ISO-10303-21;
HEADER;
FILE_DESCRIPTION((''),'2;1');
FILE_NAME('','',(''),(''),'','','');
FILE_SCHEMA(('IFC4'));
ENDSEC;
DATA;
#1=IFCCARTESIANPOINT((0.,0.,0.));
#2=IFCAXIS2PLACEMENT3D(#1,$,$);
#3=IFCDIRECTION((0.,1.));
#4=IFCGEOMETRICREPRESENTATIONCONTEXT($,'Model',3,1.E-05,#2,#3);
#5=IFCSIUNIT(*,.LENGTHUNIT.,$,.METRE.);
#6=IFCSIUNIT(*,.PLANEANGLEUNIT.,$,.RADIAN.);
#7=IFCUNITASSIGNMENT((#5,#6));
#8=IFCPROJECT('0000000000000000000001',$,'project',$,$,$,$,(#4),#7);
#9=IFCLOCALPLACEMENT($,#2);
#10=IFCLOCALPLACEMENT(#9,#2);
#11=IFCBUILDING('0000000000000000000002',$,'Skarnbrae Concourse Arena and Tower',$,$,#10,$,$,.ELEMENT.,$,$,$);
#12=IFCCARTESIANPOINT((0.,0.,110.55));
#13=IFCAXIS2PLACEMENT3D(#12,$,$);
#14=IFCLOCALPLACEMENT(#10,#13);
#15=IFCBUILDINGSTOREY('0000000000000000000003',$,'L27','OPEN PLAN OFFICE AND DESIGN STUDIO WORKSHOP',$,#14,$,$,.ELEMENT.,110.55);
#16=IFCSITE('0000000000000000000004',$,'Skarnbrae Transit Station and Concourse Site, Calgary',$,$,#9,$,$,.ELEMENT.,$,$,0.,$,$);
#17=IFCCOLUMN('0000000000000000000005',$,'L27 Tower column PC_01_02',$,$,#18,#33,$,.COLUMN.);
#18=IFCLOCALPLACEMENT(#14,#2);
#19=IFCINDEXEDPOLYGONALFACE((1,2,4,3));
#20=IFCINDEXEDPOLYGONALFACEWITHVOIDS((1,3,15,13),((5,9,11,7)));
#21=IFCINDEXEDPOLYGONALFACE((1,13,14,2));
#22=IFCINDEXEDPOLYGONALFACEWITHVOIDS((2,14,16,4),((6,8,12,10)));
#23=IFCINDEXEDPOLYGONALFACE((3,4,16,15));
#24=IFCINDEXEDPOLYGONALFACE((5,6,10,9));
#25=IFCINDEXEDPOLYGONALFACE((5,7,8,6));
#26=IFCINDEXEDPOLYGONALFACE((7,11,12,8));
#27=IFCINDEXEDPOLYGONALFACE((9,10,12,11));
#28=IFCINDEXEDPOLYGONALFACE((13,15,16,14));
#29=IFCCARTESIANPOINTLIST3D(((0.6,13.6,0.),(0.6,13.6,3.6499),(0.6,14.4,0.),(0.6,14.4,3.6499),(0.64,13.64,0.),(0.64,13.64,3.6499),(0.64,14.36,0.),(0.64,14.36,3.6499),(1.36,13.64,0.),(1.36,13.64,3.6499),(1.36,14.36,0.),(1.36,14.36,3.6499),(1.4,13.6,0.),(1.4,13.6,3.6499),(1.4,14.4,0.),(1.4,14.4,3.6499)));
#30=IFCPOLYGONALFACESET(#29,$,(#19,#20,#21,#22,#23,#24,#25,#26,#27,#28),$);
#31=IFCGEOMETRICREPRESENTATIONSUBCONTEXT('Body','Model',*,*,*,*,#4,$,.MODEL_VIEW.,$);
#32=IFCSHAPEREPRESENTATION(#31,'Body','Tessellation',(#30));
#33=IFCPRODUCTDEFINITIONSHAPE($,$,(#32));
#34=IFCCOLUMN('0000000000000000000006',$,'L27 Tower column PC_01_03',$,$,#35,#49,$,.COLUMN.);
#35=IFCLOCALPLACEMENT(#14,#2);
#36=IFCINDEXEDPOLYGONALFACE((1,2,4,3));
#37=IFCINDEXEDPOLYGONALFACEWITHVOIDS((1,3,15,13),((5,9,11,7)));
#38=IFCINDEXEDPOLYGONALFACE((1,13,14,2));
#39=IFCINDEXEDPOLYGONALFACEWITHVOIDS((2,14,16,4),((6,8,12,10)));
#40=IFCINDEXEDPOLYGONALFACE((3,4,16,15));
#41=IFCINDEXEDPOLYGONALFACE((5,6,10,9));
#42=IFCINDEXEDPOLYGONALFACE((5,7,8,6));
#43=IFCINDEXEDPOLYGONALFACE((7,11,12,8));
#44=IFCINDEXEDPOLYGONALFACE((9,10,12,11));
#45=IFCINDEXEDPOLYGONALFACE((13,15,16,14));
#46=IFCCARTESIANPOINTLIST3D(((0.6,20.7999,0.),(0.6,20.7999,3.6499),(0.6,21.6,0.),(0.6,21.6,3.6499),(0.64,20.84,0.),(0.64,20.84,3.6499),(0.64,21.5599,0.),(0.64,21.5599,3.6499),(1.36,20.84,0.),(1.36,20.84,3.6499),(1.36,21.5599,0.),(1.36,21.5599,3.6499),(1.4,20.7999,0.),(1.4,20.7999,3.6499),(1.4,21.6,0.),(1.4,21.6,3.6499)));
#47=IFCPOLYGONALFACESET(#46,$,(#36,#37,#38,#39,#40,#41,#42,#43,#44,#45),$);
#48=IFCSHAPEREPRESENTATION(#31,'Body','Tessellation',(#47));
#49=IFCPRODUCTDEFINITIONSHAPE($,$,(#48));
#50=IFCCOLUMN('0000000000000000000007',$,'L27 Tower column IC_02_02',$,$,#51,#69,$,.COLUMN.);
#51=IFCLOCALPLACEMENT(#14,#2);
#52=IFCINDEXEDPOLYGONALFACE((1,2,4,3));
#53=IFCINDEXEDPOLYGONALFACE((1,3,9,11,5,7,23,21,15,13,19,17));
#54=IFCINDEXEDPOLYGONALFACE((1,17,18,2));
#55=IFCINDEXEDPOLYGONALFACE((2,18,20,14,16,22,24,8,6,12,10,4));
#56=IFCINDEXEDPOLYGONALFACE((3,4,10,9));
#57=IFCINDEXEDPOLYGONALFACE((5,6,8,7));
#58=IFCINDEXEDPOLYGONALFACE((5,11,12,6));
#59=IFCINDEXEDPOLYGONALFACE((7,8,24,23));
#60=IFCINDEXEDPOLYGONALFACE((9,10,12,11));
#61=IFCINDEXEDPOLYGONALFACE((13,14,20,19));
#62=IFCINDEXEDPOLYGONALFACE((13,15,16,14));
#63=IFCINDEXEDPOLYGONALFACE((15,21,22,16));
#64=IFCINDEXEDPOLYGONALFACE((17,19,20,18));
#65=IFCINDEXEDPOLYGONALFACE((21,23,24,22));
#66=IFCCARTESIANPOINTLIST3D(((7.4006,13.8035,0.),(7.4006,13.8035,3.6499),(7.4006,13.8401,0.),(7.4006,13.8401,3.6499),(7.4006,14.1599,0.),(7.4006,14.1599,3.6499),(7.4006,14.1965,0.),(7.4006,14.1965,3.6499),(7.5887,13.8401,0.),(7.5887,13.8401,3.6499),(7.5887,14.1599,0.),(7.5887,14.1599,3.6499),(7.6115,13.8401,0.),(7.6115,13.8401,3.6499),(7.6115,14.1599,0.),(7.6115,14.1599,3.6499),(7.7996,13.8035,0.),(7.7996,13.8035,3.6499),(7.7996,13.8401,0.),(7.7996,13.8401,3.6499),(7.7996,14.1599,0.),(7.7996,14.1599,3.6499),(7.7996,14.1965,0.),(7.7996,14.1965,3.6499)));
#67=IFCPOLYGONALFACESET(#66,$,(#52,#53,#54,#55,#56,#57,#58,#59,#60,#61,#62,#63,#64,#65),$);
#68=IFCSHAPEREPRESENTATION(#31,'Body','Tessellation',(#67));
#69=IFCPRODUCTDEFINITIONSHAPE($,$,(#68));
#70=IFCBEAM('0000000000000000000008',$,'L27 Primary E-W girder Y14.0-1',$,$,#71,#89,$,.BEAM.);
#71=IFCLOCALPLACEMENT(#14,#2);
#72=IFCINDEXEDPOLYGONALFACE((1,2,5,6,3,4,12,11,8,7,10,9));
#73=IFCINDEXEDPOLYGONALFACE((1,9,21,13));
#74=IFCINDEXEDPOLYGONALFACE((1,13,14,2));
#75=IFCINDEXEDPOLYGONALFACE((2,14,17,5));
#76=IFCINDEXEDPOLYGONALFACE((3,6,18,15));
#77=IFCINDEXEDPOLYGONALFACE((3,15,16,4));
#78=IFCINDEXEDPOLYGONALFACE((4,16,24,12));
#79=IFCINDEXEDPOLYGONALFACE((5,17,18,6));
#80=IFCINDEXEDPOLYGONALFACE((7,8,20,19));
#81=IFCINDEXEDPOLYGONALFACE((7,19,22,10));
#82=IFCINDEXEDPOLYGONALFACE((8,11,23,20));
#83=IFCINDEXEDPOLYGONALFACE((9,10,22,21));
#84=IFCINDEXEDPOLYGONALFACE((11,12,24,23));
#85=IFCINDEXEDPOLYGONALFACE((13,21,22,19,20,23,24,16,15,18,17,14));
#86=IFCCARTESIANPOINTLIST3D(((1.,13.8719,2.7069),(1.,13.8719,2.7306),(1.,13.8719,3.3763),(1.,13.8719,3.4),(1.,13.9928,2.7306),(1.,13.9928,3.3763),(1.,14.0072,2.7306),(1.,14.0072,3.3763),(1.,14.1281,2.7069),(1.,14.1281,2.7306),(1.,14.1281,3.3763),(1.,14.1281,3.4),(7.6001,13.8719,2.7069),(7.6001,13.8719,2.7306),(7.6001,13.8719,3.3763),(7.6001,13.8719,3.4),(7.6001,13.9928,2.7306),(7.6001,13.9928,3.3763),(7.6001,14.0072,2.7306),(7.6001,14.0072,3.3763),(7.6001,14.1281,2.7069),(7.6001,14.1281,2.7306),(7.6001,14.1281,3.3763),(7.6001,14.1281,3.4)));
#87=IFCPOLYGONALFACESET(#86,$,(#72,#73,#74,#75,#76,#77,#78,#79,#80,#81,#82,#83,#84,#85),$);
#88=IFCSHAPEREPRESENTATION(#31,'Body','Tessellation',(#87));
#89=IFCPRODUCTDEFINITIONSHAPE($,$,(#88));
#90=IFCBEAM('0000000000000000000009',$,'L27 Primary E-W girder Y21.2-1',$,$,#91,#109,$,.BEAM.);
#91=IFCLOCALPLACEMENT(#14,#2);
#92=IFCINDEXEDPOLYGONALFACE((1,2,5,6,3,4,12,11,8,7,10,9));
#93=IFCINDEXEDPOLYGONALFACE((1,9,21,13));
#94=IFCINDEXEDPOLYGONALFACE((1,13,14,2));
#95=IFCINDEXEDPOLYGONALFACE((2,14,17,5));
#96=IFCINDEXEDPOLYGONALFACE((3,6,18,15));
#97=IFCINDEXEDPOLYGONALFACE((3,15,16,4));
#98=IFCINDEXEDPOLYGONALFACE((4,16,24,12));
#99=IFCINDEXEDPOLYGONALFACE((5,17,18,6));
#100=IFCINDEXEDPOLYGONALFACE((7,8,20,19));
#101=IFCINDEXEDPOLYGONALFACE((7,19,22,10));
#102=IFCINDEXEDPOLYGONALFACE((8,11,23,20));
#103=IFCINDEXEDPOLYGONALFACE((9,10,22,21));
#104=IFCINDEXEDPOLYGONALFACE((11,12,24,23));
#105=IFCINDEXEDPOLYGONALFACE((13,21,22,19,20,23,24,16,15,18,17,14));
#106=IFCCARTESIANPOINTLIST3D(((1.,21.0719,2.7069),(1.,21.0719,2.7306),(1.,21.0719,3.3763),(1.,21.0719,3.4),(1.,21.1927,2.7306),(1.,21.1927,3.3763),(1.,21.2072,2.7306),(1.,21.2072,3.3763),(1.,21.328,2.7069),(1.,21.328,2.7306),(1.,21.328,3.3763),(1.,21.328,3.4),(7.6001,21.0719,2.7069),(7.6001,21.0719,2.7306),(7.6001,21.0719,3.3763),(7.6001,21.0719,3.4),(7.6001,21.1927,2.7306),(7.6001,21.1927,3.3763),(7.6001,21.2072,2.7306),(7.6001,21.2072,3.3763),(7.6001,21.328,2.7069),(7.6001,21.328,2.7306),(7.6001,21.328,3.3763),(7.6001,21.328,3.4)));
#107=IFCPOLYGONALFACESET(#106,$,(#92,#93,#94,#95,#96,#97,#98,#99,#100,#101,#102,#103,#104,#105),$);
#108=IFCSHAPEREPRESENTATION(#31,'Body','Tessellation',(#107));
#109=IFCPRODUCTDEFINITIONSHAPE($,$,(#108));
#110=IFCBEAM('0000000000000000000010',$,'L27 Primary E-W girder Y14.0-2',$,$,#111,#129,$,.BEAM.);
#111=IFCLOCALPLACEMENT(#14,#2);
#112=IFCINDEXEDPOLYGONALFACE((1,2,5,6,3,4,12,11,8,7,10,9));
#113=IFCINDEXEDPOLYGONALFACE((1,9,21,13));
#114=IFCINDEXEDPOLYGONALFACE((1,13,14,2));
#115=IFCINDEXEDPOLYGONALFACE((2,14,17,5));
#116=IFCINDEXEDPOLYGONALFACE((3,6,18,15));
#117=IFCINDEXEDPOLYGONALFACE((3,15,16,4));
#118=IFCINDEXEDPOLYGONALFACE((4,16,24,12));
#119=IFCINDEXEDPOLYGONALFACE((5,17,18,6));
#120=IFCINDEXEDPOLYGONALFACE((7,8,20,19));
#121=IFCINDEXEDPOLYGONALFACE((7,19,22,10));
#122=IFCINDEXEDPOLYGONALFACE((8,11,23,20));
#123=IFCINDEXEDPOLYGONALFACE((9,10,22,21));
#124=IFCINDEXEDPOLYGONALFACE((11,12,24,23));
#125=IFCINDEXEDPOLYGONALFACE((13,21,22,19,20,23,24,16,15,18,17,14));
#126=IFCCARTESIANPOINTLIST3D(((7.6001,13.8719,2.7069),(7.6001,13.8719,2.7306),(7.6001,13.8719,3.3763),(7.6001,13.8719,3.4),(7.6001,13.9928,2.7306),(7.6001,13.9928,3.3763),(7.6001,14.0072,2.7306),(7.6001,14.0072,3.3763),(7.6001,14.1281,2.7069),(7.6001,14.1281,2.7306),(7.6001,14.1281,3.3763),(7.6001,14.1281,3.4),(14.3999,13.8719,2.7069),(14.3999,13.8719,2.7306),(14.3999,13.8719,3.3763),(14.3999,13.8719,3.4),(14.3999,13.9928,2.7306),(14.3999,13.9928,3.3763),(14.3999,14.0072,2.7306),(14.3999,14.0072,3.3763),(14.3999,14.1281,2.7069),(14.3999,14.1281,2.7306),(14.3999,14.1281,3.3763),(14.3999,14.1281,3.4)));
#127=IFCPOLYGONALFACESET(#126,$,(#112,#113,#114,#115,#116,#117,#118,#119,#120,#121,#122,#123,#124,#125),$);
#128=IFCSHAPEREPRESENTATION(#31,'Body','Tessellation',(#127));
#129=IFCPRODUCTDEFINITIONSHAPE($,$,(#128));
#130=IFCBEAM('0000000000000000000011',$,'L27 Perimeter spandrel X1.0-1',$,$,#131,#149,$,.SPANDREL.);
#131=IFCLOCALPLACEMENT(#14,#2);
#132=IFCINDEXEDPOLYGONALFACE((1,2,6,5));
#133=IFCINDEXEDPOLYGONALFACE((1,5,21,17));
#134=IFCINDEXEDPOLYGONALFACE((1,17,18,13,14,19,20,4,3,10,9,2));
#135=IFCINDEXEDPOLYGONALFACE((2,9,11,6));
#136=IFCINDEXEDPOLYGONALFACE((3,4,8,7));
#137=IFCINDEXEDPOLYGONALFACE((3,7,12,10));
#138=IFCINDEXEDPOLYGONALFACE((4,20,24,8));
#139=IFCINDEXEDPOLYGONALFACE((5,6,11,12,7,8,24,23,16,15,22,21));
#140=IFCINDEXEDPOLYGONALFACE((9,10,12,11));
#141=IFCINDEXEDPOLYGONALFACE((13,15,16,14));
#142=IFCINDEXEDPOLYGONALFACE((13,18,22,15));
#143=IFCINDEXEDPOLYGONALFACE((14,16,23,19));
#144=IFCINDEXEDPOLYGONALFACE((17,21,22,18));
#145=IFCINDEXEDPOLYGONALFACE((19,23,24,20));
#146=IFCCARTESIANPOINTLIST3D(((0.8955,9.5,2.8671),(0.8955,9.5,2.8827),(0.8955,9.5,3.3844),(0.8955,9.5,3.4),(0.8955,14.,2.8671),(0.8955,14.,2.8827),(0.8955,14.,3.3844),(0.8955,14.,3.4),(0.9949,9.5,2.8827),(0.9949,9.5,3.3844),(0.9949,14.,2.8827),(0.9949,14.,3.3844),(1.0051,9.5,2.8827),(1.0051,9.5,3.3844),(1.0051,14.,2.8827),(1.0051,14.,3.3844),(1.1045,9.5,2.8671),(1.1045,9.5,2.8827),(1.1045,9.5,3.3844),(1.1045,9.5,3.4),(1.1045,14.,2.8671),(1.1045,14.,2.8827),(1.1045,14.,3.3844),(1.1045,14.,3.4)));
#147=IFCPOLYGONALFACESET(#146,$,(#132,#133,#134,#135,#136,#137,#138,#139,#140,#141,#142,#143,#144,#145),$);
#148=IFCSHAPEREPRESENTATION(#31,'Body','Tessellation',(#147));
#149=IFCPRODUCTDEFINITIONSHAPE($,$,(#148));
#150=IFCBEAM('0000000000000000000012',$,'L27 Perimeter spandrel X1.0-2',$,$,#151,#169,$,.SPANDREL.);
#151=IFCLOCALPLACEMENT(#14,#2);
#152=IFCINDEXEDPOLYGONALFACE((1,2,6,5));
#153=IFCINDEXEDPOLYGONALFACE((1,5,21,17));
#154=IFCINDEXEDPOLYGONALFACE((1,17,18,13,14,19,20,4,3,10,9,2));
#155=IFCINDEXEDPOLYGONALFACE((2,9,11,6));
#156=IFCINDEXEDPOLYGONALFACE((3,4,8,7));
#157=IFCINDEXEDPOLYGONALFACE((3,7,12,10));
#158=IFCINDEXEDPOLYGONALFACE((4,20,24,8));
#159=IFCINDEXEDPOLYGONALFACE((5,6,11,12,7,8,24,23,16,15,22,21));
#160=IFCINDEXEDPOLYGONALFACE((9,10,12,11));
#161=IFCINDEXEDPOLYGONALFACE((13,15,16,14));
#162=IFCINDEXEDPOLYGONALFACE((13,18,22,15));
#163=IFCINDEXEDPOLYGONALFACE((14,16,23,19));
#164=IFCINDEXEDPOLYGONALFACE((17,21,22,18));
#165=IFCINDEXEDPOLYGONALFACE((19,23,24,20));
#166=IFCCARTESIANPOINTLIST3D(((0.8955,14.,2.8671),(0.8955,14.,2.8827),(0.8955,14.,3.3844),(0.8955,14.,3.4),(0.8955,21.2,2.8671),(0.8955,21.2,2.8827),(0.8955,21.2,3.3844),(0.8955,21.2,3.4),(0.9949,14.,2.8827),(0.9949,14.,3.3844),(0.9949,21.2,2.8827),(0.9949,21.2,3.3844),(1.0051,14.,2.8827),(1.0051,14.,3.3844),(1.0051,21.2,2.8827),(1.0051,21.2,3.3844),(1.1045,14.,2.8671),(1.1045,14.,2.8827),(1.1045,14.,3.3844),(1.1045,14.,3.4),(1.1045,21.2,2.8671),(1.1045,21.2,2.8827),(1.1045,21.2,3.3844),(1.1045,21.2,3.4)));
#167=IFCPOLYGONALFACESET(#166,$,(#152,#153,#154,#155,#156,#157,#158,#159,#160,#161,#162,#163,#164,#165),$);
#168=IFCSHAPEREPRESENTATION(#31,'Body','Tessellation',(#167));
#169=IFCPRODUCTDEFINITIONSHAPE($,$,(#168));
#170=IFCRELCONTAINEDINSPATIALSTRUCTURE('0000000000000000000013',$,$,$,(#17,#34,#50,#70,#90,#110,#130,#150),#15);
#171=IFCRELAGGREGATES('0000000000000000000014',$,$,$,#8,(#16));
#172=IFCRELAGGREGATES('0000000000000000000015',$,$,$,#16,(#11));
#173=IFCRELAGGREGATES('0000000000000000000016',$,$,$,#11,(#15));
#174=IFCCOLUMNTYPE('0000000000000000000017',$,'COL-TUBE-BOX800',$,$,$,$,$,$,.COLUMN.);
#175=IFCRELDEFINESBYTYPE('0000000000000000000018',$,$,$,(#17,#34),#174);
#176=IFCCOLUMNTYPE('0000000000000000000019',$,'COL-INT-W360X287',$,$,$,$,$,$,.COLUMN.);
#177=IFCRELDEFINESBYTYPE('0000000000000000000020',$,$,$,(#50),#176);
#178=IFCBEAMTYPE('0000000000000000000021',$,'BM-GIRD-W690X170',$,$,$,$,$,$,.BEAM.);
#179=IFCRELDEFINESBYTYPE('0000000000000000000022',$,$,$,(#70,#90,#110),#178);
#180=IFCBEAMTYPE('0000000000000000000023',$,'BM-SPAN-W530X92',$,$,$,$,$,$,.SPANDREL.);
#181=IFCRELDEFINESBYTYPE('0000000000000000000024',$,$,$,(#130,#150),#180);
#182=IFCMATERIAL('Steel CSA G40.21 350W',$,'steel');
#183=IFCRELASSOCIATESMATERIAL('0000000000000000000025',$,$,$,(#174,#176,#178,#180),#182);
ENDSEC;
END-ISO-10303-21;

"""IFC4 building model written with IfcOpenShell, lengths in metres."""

from ifc_helpers import new_model, si_unit, direction, frame, origin, origin_2d, place, context, subcontext, project, spatial, hollow_rectangle, i_section, extrude, source, transform, mapped, material, material_profile, profile_set, type_object, element, save


model = new_model("IFC4")

# Units and contexts
model_context = context("Model", 3, precision=1e-05, world=origin(), true_north=direction((0.0, 1.0)))
body_context = subcontext(model_context, "Body", "Model", "MODEL_VIEW")
ifc_project = project(units=[si_unit("LENGTHUNIT", "METRE"), si_unit("PLANEANGLEUNIT", "RADIAN")], contexts=[model_context])

# Site, building, storey
site_placement = place(None, origin())
site = spatial("IfcSite", under=ifc_project, at=site_placement, Name="Skarnbrae Transit Station and Concourse Site, Calgary", CompositionType="ELEMENT", RefElevation=0.0)
building_placement = place(site_placement, origin())
building = spatial("IfcBuilding", under=site, at=building_placement, Name="Skarnbrae Concourse Arena and Tower", CompositionType="ELEMENT")
storey_placement = place(building_placement, frame((0.0, 0.0, 110.55)))
storey = spatial("IfcBuildingStorey", under=building, at=storey_placement, Name="L27", Description="OPEN PLAN OFFICE AND DESIGN STUDIO WORKSHOP", CompositionType="ELEMENT", Elevation=110.55)

# Columns
ifc_material_1 = material(Name="Steel CSA G40.21 350W", Category="steel")
ifc_material_profile_1 = material_profile(ifc_material_1, hollow_rectangle(XDim=0.8, YDim=0.8, WallThickness=0.04, at=origin_2d()), Name="BOX800X800X40")
ifc_profile_set_1 = profile_set([ifc_material_profile_1], Name="Steel CSA G40.21 350W")
column_type_1 = type_object("IfcColumnType", Name="COL-TUBE-BOX800", PredefinedType="COLUMN", material=ifc_profile_set_1)
shared_shape_1 = source(origin(), body_context, "Body", "SweptSolid", [
    extrude(hollow_rectangle(XDim=0.8, YDim=0.8, WallThickness=0.04, at=origin_2d()), origin(), (0.0, 0.0, 1.0), 3.6499),
])
for number, where, z_axis, x_axis, name in (
    (1, (1.0, 14.0, 0.0), (0.0, 0.0, 1.0), (1.0, 0.0, 0.0), "L27 Tower column PC_01_02"),
    (2, (1.0, 21.2, 0.0), (0.0, 0.0, 1.0), (1.0, 0.0, 0.0), "L27 Tower column PC_01_03"),
):
    element("IfcColumn", number, at=place(storey_placement, frame(where, z_axis=z_axis, x_axis=x_axis)), inside=storey, type_object=column_type_1, Name=name, PredefinedType="COLUMN", context=body_context, shape_type="MappedRepresentation", body=[
        mapped(shared_shape_1, transform((0.0, 0.0, 0.0))),
    ])
ifc_material_profile_2 = material_profile(ifc_material_1, i_section(OverallWidth=0.3989, OverallDepth=0.3931, WebThickness=0.0227, FlangeThickness=0.0366, at=origin_2d()), Name="W360X287")
ifc_profile_set_2 = profile_set([ifc_material_profile_2], Name="Steel CSA G40.21 350W")
column_type_2 = type_object("IfcColumnType", Name="COL-INT-W360X287", PredefinedType="COLUMN", material=ifc_profile_set_2)
shared_shape_2 = source(origin(), body_context, "Body", "SweptSolid", [
    extrude(i_section(OverallWidth=0.3989, OverallDepth=0.3931, WebThickness=0.0227, FlangeThickness=0.0366, at=origin_2d()), origin(), (0.0, 0.0, 1.0), 3.6499),
])
column_placement = place(storey_placement, frame((7.6001, 14.0, 0.0), z_axis=(0.0, 0.0, 1.0), x_axis=(1.0, 0.0, 0.0)))
element("IfcColumn", 3, at=column_placement, inside=storey, type_object=column_type_2, Name="L27 Tower column IC_02_02", PredefinedType="COLUMN", context=body_context, shape_type="MappedRepresentation", body=[
    mapped(shared_shape_2, transform((0.0, 0.0, 0.0))),
])

# Beams
ifc_material_profile_3 = material_profile(ifc_material_1, i_section(OverallWidth=0.2561, OverallDepth=0.6931, WebThickness=0.0144, FlangeThickness=0.0237, at=origin_2d()), Name="W690X170")
ifc_profile_set_3 = profile_set([ifc_material_profile_3], Name="Steel CSA G40.21 350W")
beam_type_1 = type_object("IfcBeamType", Name="BM-GIRD-W690X170", PredefinedType="BEAM", material=ifc_profile_set_3)
shared_shape_3 = source(origin(), body_context, "Body", "SweptSolid", [
    extrude(i_section(OverallWidth=0.2561, OverallDepth=0.6931, WebThickness=0.0144, FlangeThickness=0.0237, at=origin_2d()), origin(), (0.0, 0.0, 1.0), 6.6001),
])
for number, where, z_axis, x_axis, name in (
    (4, (1.0, 14.0, 3.0535), (1.0, 0.0, 0.0), (0.0, 1.0, 0.0), "L27 Primary E-W girder Y14.0-1"),
    (5, (1.0, 21.2, 3.0535), (1.0, 0.0, 0.0), (0.0, 1.0, 0.0), "L27 Primary E-W girder Y21.2-1"),
):
    element("IfcBeam", number, at=place(storey_placement, frame(where, z_axis=z_axis, x_axis=x_axis)), inside=storey, type_object=beam_type_1, Name=name, PredefinedType="BEAM", context=body_context, shape_type="MappedRepresentation", body=[
        mapped(shared_shape_3, transform((0.0, 0.0, 0.0))),
    ])
shared_shape_4 = source(origin(), body_context, "Body", "SweptSolid", [
    extrude(i_section(OverallWidth=0.2561, OverallDepth=0.6931, WebThickness=0.0144, FlangeThickness=0.0237, at=origin_2d()), origin(), (0.0, 0.0, 1.0), 6.7998),
])
beam_1_placement = place(storey_placement, frame((7.6001, 14.0, 3.0535), z_axis=(1.0, 0.0, 0.0), x_axis=(0.0, 1.0, 0.0)))
element("IfcBeam", 6, at=beam_1_placement, inside=storey, type_object=beam_type_1, Name="L27 Primary E-W girder Y14.0-2", PredefinedType="BEAM", context=body_context, shape_type="MappedRepresentation", body=[
    mapped(shared_shape_4, transform((0.0, 0.0, 0.0))),
])
ifc_material_profile_4 = material_profile(ifc_material_1, i_section(OverallWidth=0.209, OverallDepth=0.533, WebThickness=0.0103, FlangeThickness=0.0156, at=origin_2d()), Name="W530X92")
ifc_profile_set_4 = profile_set([ifc_material_profile_4], Name="Steel CSA G40.21 350W")
beam_type_2 = type_object("IfcBeamType", Name="BM-SPAN-W530X92", PredefinedType="SPANDREL", material=ifc_profile_set_4)
shared_shape_5 = source(origin(), body_context, "Body", "SweptSolid", [
    extrude(i_section(OverallWidth=0.209, OverallDepth=0.533, WebThickness=0.0103, FlangeThickness=0.0156, at=origin_2d()), origin(), (0.0, 0.0, 1.0), 4.5),
])
beam_2_placement = place(storey_placement, frame((1.0, 9.5, 3.1335), z_axis=(0.0, 1.0, 0.0), x_axis=(-1.0, 0.0, 0.0)))
element("IfcBeam", 7, at=beam_2_placement, inside=storey, type_object=beam_type_2, Name="L27 Perimeter spandrel X1.0-1", PredefinedType="SPANDREL", context=body_context, shape_type="MappedRepresentation", body=[
    mapped(shared_shape_5, transform((0.0, 0.0, 0.0))),
])
shared_shape_6 = source(origin(), body_context, "Body", "SweptSolid", [
    extrude(i_section(OverallWidth=0.209, OverallDepth=0.533, WebThickness=0.0103, FlangeThickness=0.0156, at=origin_2d()), origin(), (0.0, 0.0, 1.0), 7.2),
])
beam_3_placement = place(storey_placement, frame((1.0, 14.0, 3.1335), z_axis=(0.0, 1.0, 0.0), x_axis=(-1.0, 0.0, 0.0)))
element("IfcBeam", 8, at=beam_3_placement, inside=storey, type_object=beam_type_2, Name="L27 Perimeter spandrel X1.0-2", PredefinedType="SPANDREL", context=body_context, shape_type="MappedRepresentation", body=[
    mapped(shared_shape_6, transform((0.0, 0.0, 0.0))),
])

save(model, "model.ifc")
